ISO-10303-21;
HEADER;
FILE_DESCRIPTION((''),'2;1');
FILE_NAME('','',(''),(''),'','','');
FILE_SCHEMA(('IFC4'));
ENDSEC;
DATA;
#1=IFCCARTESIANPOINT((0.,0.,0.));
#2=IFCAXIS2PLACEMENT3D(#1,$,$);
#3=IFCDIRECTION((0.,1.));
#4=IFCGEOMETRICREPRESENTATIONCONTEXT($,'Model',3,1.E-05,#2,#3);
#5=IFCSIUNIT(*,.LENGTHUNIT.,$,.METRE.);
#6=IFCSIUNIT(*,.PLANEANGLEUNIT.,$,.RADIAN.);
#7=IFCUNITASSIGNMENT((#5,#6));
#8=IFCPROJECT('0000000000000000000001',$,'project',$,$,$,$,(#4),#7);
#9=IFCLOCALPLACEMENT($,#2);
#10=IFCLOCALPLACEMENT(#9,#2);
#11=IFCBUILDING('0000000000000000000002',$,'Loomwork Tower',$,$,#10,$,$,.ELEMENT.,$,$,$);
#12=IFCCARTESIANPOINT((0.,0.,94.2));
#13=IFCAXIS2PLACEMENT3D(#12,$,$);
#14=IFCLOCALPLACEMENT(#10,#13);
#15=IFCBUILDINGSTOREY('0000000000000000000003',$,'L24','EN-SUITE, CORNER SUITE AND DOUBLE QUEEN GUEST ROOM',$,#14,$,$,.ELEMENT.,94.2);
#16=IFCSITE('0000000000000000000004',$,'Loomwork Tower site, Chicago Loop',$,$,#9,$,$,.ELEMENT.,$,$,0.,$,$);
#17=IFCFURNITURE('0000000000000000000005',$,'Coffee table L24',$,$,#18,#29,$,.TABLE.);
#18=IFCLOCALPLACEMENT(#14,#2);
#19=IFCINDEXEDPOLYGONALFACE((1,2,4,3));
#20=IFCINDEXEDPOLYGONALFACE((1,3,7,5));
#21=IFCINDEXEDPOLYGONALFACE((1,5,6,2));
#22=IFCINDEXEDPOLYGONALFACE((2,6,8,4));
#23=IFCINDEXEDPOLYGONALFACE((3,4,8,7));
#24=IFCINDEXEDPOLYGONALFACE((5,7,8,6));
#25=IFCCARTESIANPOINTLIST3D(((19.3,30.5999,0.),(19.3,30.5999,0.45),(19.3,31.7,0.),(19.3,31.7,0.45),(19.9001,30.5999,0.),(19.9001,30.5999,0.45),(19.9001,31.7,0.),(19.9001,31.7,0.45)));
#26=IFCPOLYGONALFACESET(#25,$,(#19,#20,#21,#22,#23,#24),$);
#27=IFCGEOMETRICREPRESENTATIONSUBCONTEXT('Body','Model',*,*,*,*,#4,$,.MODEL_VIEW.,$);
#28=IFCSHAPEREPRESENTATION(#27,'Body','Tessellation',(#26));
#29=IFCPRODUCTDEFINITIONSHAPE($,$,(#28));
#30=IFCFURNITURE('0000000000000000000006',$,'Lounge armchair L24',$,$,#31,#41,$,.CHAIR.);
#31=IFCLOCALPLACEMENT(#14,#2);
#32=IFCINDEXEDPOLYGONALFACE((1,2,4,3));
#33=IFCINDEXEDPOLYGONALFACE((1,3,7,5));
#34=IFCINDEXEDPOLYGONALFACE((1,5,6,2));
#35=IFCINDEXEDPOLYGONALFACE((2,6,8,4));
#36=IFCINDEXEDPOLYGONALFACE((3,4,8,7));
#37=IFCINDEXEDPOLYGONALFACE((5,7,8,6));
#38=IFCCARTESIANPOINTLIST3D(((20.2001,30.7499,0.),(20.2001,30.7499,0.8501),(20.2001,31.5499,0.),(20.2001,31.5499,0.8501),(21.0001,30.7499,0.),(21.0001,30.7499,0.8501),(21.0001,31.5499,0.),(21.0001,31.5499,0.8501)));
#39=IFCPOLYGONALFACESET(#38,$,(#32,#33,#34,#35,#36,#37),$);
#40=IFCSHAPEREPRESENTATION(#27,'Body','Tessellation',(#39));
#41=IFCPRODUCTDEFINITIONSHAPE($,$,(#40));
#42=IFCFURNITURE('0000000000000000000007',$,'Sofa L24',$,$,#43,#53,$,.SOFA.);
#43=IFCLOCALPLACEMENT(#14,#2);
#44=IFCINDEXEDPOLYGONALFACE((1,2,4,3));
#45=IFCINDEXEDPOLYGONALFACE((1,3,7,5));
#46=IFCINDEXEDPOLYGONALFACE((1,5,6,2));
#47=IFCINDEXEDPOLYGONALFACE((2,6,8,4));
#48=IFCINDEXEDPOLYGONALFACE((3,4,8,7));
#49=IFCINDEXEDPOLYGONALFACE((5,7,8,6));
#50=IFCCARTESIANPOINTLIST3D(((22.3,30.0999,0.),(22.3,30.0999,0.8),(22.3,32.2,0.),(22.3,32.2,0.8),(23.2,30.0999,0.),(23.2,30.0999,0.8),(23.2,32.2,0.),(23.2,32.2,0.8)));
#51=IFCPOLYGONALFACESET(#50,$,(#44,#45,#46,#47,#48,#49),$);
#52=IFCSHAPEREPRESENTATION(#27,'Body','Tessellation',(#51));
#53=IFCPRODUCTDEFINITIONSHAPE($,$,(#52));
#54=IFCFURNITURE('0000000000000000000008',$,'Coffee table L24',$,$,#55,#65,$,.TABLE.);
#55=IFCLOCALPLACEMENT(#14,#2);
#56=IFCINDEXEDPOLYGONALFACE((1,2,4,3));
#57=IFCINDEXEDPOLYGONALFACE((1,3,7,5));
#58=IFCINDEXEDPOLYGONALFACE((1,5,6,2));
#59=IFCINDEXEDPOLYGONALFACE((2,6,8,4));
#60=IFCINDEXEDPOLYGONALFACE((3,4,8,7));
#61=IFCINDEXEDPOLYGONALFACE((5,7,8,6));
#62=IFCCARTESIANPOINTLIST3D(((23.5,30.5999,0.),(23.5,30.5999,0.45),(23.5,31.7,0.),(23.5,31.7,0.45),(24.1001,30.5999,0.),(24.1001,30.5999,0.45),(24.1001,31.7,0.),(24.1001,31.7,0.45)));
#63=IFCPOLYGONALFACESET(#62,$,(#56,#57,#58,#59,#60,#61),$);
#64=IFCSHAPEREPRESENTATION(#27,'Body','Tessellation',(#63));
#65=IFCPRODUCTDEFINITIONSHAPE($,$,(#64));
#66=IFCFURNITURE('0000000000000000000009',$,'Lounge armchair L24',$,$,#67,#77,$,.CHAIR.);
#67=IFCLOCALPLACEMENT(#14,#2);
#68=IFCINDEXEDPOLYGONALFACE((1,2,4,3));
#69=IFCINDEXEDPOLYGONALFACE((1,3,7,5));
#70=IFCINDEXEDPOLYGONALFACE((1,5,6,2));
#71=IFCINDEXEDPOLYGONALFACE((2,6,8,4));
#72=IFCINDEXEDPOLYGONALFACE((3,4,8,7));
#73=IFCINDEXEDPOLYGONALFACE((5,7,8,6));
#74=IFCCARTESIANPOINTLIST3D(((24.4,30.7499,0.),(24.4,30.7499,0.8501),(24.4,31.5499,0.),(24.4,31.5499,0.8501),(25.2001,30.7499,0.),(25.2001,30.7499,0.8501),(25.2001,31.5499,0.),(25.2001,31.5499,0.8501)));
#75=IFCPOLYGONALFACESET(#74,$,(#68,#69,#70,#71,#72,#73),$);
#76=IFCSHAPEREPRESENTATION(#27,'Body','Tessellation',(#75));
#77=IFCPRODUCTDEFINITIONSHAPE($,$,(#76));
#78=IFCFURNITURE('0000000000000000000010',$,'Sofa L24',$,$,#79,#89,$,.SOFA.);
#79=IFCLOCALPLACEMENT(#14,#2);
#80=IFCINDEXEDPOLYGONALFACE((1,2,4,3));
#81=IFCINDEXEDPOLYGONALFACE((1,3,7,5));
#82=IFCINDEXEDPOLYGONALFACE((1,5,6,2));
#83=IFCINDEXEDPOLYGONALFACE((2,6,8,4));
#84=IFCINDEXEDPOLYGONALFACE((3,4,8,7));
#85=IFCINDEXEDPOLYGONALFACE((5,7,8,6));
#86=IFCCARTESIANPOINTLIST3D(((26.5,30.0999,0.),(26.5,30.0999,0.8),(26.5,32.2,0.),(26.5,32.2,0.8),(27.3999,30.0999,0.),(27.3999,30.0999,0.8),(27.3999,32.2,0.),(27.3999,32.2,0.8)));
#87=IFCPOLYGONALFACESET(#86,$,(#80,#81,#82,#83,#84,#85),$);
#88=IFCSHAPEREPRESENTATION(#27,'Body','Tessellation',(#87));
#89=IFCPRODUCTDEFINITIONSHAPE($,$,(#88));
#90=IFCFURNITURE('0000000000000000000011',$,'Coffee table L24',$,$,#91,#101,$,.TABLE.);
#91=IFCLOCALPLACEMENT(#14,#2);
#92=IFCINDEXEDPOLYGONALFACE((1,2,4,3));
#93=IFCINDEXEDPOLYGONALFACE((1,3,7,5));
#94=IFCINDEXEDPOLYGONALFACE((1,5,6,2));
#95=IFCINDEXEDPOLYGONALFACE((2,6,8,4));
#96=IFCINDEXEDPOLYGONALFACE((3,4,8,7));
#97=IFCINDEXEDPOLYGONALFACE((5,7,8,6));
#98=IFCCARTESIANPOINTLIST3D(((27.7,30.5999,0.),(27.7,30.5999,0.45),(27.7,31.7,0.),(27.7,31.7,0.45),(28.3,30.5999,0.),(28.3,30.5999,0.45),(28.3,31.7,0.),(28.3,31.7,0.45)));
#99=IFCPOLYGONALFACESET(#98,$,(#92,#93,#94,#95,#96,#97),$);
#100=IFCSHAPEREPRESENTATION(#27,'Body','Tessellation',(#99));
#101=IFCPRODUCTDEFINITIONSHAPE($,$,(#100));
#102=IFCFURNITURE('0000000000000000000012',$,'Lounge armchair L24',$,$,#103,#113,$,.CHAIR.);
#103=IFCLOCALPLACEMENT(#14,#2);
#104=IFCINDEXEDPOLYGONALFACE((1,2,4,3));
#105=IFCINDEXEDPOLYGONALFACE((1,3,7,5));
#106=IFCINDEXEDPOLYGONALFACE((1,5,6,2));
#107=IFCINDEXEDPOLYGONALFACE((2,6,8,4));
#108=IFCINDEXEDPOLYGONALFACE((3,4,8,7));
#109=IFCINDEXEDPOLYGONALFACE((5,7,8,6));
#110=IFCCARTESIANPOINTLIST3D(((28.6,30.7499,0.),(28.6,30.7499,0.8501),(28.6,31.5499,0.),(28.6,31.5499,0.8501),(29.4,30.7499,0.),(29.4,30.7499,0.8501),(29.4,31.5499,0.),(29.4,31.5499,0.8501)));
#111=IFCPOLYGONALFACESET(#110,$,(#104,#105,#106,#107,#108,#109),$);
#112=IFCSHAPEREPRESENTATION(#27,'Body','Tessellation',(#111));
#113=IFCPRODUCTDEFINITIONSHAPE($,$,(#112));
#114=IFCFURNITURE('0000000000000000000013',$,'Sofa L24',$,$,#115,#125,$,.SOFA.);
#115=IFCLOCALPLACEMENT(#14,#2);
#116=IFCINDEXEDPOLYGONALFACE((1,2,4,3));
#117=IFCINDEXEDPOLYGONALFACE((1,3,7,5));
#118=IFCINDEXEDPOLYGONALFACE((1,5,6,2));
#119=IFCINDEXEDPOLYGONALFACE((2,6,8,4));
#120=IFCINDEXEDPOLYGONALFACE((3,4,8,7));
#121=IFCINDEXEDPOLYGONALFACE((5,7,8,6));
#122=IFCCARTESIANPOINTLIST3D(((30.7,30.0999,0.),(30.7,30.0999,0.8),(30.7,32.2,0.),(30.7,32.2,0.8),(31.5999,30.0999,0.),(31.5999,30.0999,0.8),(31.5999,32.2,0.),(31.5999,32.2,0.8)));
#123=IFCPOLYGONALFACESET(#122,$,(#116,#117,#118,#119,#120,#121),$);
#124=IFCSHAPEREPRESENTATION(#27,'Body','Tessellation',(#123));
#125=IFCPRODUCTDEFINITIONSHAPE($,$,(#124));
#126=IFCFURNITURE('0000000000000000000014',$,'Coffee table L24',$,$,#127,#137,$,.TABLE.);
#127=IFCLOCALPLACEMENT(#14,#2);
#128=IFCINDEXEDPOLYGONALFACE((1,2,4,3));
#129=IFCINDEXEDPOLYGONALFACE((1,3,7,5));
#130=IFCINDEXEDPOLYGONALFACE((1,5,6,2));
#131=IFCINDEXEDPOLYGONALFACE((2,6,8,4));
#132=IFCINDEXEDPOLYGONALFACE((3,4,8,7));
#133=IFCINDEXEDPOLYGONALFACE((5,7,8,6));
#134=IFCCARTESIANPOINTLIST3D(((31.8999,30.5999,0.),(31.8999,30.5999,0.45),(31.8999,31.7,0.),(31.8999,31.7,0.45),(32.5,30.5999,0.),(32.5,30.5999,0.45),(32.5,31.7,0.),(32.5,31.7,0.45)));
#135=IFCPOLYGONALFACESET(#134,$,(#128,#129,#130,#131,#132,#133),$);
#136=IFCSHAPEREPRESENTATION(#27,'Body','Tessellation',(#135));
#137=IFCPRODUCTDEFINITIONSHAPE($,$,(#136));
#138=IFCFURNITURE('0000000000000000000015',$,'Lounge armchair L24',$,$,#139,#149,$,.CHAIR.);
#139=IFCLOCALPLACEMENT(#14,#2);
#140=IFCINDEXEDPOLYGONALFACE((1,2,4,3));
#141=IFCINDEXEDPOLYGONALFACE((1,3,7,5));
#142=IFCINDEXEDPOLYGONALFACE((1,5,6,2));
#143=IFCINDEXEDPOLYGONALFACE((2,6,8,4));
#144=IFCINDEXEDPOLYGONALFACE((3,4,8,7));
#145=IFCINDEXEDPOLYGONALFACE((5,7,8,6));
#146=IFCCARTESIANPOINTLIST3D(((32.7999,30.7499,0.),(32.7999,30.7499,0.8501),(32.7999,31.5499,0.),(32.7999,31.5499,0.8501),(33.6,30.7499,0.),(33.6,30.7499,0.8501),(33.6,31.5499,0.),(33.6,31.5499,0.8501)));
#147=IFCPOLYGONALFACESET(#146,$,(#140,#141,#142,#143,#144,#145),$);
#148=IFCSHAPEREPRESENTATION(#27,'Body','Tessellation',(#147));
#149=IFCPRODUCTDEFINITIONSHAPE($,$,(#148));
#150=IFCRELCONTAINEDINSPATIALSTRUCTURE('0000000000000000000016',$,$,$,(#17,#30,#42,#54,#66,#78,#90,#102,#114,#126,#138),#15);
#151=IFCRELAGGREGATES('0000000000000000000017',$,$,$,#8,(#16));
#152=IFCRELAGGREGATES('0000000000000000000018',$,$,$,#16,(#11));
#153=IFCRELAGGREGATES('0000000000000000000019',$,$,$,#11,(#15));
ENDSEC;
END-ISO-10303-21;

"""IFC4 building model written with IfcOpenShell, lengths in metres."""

from ifc_helpers import new_model, si_unit, direction, frame, origin, origin_2d, place, context, subcontext, project, spatial, rectangle, extrude, element, save


model = new_model("IFC4")

# Units and contexts
model_context = context("Model", 3, precision=1e-05, world=origin(), true_north=direction((0.0, 1.0)))
body_context = subcontext(model_context, "Body", "Model", "MODEL_VIEW")
ifc_project = project(units=[si_unit("LENGTHUNIT", "METRE"), si_unit("PLANEANGLEUNIT", "RADIAN")], contexts=[model_context])

# Site, building, storey
site_placement = place(None, origin())
site = spatial("IfcSite", under=ifc_project, at=site_placement, Name="Loomwork Tower site, Chicago Loop", CompositionType="ELEMENT", RefElevation=0.0)
building_placement = place(site_placement, origin())
building = spatial("IfcBuilding", under=site, at=building_placement, Name="Loomwork Tower", CompositionType="ELEMENT")
storey_placement = place(building_placement, frame((0.0, 0.0, 94.2)))
storey = spatial("IfcBuildingStorey", under=building, at=storey_placement, Name="L24", Description="EN-SUITE, CORNER SUITE AND DOUBLE QUEEN GUEST ROOM", CompositionType="ELEMENT", Elevation=94.2)

# Furniture
furniture_1_placement = place(storey_placement, frame((19.6001, 31.1499, 0.0), z_axis=(0.0, 0.0, 1.0), x_axis=(1.0, 0.0, 0.0)))
element("IfcFurniture", 1, at=furniture_1_placement, inside=storey, Name="Coffee table L24", PredefinedType="TABLE", context=body_context, shape_type="SweptSolid", body=[
    extrude(rectangle(XDim=0.6001, YDim=1.1001, at=origin_2d()), origin(), (0.0, 0.0, 1.0), 0.45),
])
furniture_2_placement = place(storey_placement, frame((20.6001, 31.1499, 0.0), z_axis=(0.0, 0.0, 1.0), x_axis=(1.0, 0.0, 0.0)))
element("IfcFurniture", 2, at=furniture_2_placement, inside=storey, Name="Lounge armchair L24", PredefinedType="CHAIR", context=body_context, shape_type="SweptSolid", body=[
    extrude(rectangle(XDim=0.8, YDim=0.8, at=origin_2d()), origin(), (0.0, 0.0, 1.0), 0.8501),
])
furniture_3_placement = place(storey_placement, frame((22.75, 31.1499, 0.0), z_axis=(0.0, 0.0, 1.0), x_axis=(1.0, 0.0, 0.0)))
element("IfcFurniture", 3, at=furniture_3_placement, inside=storey, Name="Sofa L24", PredefinedType="SOFA", context=body_context, shape_type="SweptSolid", body=[
    extrude(rectangle(XDim=0.8999, YDim=2.1001, at=origin_2d()), origin(), (0.0, 0.0, 1.0), 0.8),
])
furniture_4_placement = place(storey_placement, frame((23.8, 31.1499, 0.0), z_axis=(0.0, 0.0, 1.0), x_axis=(1.0, 0.0, 0.0)))
element("IfcFurniture", 4, at=furniture_4_placement, inside=storey, Name="Coffee table L24", PredefinedType="TABLE", context=body_context, shape_type="SweptSolid", body=[
    extrude(rectangle(XDim=0.6001, YDim=1.1001, at=origin_2d()), origin(), (0.0, 0.0, 1.0), 0.45),
])
furniture_5_placement = place(storey_placement, frame((24.8, 31.1499, 0.0), z_axis=(0.0, 0.0, 1.0), x_axis=(1.0, 0.0, 0.0)))
element("IfcFurniture", 5, at=furniture_5_placement, inside=storey, Name="Lounge armchair L24", PredefinedType="CHAIR", context=body_context, shape_type="SweptSolid", body=[
    extrude(rectangle(XDim=0.8, YDim=0.8, at=origin_2d()), origin(), (0.0, 0.0, 1.0), 0.8501),
])
furniture_6_placement = place(storey_placement, frame((26.95, 31.1499, 0.0), z_axis=(0.0, 0.0, 1.0), x_axis=(1.0, 0.0, 0.0)))
element("IfcFurniture", 6, at=furniture_6_placement, inside=storey, Name="Sofa L24", PredefinedType="SOFA", context=body_context, shape_type="SweptSolid", body=[
    extrude(rectangle(XDim=0.8999, YDim=2.1001, at=origin_2d()), origin(), (0.0, 0.0, 1.0), 0.8),
])
furniture_7_placement = place(storey_placement, frame((28.0, 31.1499, 0.0), z_axis=(0.0, 0.0, 1.0), x_axis=(1.0, 0.0, 0.0)))
element("IfcFurniture", 7, at=furniture_7_placement, inside=storey, Name="Coffee table L24", PredefinedType="TABLE", context=body_context, shape_type="SweptSolid", body=[
    extrude(rectangle(XDim=0.6001, YDim=1.1001, at=origin_2d()), origin(), (0.0, 0.0, 1.0), 0.45),
])
furniture_8_placement = place(storey_placement, frame((29.0, 31.1499, 0.0), z_axis=(0.0, 0.0, 1.0), x_axis=(1.0, 0.0, 0.0)))
element("IfcFurniture", 8, at=furniture_8_placement, inside=storey, Name="Lounge armchair L24", PredefinedType="CHAIR", context=body_context, shape_type="SweptSolid", body=[
    extrude(rectangle(XDim=0.8, YDim=0.8, at=origin_2d()), origin(), (0.0, 0.0, 1.0), 0.8501),
])
furniture_9_placement = place(storey_placement, frame((31.1499, 31.1499, 0.0), z_axis=(0.0, 0.0, 1.0), x_axis=(1.0, 0.0, 0.0)))
element("IfcFurniture", 9, at=furniture_9_placement, inside=storey, Name="Sofa L24", PredefinedType="SOFA", context=body_context, shape_type="SweptSolid", body=[
    extrude(rectangle(XDim=0.8999, YDim=2.1001, at=origin_2d()), origin(), (0.0, 0.0, 1.0), 0.8),
])
furniture_10_placement = place(storey_placement, frame((32.2, 31.1499, 0.0), z_axis=(0.0, 0.0, 1.0), x_axis=(1.0, 0.0, 0.0)))
element("IfcFurniture", 10, at=furniture_10_placement, inside=storey, Name="Coffee table L24", PredefinedType="TABLE", context=body_context, shape_type="SweptSolid", body=[
    extrude(rectangle(XDim=0.6001, YDim=1.1001, at=origin_2d()), origin(), (0.0, 0.0, 1.0), 0.45),
])
furniture_11_placement = place(storey_placement, frame((33.2, 31.1499, 0.0), z_axis=(0.0, 0.0, 1.0), x_axis=(1.0, 0.0, 0.0)))
element("IfcFurniture", 11, at=furniture_11_placement, inside=storey, Name="Lounge armchair L24", PredefinedType="CHAIR", context=body_context, shape_type="SweptSolid", body=[
    extrude(rectangle(XDim=0.8, YDim=0.8, at=origin_2d()), origin(), (0.0, 0.0, 1.0), 0.8501),
])

save(model, "model.ifc")
